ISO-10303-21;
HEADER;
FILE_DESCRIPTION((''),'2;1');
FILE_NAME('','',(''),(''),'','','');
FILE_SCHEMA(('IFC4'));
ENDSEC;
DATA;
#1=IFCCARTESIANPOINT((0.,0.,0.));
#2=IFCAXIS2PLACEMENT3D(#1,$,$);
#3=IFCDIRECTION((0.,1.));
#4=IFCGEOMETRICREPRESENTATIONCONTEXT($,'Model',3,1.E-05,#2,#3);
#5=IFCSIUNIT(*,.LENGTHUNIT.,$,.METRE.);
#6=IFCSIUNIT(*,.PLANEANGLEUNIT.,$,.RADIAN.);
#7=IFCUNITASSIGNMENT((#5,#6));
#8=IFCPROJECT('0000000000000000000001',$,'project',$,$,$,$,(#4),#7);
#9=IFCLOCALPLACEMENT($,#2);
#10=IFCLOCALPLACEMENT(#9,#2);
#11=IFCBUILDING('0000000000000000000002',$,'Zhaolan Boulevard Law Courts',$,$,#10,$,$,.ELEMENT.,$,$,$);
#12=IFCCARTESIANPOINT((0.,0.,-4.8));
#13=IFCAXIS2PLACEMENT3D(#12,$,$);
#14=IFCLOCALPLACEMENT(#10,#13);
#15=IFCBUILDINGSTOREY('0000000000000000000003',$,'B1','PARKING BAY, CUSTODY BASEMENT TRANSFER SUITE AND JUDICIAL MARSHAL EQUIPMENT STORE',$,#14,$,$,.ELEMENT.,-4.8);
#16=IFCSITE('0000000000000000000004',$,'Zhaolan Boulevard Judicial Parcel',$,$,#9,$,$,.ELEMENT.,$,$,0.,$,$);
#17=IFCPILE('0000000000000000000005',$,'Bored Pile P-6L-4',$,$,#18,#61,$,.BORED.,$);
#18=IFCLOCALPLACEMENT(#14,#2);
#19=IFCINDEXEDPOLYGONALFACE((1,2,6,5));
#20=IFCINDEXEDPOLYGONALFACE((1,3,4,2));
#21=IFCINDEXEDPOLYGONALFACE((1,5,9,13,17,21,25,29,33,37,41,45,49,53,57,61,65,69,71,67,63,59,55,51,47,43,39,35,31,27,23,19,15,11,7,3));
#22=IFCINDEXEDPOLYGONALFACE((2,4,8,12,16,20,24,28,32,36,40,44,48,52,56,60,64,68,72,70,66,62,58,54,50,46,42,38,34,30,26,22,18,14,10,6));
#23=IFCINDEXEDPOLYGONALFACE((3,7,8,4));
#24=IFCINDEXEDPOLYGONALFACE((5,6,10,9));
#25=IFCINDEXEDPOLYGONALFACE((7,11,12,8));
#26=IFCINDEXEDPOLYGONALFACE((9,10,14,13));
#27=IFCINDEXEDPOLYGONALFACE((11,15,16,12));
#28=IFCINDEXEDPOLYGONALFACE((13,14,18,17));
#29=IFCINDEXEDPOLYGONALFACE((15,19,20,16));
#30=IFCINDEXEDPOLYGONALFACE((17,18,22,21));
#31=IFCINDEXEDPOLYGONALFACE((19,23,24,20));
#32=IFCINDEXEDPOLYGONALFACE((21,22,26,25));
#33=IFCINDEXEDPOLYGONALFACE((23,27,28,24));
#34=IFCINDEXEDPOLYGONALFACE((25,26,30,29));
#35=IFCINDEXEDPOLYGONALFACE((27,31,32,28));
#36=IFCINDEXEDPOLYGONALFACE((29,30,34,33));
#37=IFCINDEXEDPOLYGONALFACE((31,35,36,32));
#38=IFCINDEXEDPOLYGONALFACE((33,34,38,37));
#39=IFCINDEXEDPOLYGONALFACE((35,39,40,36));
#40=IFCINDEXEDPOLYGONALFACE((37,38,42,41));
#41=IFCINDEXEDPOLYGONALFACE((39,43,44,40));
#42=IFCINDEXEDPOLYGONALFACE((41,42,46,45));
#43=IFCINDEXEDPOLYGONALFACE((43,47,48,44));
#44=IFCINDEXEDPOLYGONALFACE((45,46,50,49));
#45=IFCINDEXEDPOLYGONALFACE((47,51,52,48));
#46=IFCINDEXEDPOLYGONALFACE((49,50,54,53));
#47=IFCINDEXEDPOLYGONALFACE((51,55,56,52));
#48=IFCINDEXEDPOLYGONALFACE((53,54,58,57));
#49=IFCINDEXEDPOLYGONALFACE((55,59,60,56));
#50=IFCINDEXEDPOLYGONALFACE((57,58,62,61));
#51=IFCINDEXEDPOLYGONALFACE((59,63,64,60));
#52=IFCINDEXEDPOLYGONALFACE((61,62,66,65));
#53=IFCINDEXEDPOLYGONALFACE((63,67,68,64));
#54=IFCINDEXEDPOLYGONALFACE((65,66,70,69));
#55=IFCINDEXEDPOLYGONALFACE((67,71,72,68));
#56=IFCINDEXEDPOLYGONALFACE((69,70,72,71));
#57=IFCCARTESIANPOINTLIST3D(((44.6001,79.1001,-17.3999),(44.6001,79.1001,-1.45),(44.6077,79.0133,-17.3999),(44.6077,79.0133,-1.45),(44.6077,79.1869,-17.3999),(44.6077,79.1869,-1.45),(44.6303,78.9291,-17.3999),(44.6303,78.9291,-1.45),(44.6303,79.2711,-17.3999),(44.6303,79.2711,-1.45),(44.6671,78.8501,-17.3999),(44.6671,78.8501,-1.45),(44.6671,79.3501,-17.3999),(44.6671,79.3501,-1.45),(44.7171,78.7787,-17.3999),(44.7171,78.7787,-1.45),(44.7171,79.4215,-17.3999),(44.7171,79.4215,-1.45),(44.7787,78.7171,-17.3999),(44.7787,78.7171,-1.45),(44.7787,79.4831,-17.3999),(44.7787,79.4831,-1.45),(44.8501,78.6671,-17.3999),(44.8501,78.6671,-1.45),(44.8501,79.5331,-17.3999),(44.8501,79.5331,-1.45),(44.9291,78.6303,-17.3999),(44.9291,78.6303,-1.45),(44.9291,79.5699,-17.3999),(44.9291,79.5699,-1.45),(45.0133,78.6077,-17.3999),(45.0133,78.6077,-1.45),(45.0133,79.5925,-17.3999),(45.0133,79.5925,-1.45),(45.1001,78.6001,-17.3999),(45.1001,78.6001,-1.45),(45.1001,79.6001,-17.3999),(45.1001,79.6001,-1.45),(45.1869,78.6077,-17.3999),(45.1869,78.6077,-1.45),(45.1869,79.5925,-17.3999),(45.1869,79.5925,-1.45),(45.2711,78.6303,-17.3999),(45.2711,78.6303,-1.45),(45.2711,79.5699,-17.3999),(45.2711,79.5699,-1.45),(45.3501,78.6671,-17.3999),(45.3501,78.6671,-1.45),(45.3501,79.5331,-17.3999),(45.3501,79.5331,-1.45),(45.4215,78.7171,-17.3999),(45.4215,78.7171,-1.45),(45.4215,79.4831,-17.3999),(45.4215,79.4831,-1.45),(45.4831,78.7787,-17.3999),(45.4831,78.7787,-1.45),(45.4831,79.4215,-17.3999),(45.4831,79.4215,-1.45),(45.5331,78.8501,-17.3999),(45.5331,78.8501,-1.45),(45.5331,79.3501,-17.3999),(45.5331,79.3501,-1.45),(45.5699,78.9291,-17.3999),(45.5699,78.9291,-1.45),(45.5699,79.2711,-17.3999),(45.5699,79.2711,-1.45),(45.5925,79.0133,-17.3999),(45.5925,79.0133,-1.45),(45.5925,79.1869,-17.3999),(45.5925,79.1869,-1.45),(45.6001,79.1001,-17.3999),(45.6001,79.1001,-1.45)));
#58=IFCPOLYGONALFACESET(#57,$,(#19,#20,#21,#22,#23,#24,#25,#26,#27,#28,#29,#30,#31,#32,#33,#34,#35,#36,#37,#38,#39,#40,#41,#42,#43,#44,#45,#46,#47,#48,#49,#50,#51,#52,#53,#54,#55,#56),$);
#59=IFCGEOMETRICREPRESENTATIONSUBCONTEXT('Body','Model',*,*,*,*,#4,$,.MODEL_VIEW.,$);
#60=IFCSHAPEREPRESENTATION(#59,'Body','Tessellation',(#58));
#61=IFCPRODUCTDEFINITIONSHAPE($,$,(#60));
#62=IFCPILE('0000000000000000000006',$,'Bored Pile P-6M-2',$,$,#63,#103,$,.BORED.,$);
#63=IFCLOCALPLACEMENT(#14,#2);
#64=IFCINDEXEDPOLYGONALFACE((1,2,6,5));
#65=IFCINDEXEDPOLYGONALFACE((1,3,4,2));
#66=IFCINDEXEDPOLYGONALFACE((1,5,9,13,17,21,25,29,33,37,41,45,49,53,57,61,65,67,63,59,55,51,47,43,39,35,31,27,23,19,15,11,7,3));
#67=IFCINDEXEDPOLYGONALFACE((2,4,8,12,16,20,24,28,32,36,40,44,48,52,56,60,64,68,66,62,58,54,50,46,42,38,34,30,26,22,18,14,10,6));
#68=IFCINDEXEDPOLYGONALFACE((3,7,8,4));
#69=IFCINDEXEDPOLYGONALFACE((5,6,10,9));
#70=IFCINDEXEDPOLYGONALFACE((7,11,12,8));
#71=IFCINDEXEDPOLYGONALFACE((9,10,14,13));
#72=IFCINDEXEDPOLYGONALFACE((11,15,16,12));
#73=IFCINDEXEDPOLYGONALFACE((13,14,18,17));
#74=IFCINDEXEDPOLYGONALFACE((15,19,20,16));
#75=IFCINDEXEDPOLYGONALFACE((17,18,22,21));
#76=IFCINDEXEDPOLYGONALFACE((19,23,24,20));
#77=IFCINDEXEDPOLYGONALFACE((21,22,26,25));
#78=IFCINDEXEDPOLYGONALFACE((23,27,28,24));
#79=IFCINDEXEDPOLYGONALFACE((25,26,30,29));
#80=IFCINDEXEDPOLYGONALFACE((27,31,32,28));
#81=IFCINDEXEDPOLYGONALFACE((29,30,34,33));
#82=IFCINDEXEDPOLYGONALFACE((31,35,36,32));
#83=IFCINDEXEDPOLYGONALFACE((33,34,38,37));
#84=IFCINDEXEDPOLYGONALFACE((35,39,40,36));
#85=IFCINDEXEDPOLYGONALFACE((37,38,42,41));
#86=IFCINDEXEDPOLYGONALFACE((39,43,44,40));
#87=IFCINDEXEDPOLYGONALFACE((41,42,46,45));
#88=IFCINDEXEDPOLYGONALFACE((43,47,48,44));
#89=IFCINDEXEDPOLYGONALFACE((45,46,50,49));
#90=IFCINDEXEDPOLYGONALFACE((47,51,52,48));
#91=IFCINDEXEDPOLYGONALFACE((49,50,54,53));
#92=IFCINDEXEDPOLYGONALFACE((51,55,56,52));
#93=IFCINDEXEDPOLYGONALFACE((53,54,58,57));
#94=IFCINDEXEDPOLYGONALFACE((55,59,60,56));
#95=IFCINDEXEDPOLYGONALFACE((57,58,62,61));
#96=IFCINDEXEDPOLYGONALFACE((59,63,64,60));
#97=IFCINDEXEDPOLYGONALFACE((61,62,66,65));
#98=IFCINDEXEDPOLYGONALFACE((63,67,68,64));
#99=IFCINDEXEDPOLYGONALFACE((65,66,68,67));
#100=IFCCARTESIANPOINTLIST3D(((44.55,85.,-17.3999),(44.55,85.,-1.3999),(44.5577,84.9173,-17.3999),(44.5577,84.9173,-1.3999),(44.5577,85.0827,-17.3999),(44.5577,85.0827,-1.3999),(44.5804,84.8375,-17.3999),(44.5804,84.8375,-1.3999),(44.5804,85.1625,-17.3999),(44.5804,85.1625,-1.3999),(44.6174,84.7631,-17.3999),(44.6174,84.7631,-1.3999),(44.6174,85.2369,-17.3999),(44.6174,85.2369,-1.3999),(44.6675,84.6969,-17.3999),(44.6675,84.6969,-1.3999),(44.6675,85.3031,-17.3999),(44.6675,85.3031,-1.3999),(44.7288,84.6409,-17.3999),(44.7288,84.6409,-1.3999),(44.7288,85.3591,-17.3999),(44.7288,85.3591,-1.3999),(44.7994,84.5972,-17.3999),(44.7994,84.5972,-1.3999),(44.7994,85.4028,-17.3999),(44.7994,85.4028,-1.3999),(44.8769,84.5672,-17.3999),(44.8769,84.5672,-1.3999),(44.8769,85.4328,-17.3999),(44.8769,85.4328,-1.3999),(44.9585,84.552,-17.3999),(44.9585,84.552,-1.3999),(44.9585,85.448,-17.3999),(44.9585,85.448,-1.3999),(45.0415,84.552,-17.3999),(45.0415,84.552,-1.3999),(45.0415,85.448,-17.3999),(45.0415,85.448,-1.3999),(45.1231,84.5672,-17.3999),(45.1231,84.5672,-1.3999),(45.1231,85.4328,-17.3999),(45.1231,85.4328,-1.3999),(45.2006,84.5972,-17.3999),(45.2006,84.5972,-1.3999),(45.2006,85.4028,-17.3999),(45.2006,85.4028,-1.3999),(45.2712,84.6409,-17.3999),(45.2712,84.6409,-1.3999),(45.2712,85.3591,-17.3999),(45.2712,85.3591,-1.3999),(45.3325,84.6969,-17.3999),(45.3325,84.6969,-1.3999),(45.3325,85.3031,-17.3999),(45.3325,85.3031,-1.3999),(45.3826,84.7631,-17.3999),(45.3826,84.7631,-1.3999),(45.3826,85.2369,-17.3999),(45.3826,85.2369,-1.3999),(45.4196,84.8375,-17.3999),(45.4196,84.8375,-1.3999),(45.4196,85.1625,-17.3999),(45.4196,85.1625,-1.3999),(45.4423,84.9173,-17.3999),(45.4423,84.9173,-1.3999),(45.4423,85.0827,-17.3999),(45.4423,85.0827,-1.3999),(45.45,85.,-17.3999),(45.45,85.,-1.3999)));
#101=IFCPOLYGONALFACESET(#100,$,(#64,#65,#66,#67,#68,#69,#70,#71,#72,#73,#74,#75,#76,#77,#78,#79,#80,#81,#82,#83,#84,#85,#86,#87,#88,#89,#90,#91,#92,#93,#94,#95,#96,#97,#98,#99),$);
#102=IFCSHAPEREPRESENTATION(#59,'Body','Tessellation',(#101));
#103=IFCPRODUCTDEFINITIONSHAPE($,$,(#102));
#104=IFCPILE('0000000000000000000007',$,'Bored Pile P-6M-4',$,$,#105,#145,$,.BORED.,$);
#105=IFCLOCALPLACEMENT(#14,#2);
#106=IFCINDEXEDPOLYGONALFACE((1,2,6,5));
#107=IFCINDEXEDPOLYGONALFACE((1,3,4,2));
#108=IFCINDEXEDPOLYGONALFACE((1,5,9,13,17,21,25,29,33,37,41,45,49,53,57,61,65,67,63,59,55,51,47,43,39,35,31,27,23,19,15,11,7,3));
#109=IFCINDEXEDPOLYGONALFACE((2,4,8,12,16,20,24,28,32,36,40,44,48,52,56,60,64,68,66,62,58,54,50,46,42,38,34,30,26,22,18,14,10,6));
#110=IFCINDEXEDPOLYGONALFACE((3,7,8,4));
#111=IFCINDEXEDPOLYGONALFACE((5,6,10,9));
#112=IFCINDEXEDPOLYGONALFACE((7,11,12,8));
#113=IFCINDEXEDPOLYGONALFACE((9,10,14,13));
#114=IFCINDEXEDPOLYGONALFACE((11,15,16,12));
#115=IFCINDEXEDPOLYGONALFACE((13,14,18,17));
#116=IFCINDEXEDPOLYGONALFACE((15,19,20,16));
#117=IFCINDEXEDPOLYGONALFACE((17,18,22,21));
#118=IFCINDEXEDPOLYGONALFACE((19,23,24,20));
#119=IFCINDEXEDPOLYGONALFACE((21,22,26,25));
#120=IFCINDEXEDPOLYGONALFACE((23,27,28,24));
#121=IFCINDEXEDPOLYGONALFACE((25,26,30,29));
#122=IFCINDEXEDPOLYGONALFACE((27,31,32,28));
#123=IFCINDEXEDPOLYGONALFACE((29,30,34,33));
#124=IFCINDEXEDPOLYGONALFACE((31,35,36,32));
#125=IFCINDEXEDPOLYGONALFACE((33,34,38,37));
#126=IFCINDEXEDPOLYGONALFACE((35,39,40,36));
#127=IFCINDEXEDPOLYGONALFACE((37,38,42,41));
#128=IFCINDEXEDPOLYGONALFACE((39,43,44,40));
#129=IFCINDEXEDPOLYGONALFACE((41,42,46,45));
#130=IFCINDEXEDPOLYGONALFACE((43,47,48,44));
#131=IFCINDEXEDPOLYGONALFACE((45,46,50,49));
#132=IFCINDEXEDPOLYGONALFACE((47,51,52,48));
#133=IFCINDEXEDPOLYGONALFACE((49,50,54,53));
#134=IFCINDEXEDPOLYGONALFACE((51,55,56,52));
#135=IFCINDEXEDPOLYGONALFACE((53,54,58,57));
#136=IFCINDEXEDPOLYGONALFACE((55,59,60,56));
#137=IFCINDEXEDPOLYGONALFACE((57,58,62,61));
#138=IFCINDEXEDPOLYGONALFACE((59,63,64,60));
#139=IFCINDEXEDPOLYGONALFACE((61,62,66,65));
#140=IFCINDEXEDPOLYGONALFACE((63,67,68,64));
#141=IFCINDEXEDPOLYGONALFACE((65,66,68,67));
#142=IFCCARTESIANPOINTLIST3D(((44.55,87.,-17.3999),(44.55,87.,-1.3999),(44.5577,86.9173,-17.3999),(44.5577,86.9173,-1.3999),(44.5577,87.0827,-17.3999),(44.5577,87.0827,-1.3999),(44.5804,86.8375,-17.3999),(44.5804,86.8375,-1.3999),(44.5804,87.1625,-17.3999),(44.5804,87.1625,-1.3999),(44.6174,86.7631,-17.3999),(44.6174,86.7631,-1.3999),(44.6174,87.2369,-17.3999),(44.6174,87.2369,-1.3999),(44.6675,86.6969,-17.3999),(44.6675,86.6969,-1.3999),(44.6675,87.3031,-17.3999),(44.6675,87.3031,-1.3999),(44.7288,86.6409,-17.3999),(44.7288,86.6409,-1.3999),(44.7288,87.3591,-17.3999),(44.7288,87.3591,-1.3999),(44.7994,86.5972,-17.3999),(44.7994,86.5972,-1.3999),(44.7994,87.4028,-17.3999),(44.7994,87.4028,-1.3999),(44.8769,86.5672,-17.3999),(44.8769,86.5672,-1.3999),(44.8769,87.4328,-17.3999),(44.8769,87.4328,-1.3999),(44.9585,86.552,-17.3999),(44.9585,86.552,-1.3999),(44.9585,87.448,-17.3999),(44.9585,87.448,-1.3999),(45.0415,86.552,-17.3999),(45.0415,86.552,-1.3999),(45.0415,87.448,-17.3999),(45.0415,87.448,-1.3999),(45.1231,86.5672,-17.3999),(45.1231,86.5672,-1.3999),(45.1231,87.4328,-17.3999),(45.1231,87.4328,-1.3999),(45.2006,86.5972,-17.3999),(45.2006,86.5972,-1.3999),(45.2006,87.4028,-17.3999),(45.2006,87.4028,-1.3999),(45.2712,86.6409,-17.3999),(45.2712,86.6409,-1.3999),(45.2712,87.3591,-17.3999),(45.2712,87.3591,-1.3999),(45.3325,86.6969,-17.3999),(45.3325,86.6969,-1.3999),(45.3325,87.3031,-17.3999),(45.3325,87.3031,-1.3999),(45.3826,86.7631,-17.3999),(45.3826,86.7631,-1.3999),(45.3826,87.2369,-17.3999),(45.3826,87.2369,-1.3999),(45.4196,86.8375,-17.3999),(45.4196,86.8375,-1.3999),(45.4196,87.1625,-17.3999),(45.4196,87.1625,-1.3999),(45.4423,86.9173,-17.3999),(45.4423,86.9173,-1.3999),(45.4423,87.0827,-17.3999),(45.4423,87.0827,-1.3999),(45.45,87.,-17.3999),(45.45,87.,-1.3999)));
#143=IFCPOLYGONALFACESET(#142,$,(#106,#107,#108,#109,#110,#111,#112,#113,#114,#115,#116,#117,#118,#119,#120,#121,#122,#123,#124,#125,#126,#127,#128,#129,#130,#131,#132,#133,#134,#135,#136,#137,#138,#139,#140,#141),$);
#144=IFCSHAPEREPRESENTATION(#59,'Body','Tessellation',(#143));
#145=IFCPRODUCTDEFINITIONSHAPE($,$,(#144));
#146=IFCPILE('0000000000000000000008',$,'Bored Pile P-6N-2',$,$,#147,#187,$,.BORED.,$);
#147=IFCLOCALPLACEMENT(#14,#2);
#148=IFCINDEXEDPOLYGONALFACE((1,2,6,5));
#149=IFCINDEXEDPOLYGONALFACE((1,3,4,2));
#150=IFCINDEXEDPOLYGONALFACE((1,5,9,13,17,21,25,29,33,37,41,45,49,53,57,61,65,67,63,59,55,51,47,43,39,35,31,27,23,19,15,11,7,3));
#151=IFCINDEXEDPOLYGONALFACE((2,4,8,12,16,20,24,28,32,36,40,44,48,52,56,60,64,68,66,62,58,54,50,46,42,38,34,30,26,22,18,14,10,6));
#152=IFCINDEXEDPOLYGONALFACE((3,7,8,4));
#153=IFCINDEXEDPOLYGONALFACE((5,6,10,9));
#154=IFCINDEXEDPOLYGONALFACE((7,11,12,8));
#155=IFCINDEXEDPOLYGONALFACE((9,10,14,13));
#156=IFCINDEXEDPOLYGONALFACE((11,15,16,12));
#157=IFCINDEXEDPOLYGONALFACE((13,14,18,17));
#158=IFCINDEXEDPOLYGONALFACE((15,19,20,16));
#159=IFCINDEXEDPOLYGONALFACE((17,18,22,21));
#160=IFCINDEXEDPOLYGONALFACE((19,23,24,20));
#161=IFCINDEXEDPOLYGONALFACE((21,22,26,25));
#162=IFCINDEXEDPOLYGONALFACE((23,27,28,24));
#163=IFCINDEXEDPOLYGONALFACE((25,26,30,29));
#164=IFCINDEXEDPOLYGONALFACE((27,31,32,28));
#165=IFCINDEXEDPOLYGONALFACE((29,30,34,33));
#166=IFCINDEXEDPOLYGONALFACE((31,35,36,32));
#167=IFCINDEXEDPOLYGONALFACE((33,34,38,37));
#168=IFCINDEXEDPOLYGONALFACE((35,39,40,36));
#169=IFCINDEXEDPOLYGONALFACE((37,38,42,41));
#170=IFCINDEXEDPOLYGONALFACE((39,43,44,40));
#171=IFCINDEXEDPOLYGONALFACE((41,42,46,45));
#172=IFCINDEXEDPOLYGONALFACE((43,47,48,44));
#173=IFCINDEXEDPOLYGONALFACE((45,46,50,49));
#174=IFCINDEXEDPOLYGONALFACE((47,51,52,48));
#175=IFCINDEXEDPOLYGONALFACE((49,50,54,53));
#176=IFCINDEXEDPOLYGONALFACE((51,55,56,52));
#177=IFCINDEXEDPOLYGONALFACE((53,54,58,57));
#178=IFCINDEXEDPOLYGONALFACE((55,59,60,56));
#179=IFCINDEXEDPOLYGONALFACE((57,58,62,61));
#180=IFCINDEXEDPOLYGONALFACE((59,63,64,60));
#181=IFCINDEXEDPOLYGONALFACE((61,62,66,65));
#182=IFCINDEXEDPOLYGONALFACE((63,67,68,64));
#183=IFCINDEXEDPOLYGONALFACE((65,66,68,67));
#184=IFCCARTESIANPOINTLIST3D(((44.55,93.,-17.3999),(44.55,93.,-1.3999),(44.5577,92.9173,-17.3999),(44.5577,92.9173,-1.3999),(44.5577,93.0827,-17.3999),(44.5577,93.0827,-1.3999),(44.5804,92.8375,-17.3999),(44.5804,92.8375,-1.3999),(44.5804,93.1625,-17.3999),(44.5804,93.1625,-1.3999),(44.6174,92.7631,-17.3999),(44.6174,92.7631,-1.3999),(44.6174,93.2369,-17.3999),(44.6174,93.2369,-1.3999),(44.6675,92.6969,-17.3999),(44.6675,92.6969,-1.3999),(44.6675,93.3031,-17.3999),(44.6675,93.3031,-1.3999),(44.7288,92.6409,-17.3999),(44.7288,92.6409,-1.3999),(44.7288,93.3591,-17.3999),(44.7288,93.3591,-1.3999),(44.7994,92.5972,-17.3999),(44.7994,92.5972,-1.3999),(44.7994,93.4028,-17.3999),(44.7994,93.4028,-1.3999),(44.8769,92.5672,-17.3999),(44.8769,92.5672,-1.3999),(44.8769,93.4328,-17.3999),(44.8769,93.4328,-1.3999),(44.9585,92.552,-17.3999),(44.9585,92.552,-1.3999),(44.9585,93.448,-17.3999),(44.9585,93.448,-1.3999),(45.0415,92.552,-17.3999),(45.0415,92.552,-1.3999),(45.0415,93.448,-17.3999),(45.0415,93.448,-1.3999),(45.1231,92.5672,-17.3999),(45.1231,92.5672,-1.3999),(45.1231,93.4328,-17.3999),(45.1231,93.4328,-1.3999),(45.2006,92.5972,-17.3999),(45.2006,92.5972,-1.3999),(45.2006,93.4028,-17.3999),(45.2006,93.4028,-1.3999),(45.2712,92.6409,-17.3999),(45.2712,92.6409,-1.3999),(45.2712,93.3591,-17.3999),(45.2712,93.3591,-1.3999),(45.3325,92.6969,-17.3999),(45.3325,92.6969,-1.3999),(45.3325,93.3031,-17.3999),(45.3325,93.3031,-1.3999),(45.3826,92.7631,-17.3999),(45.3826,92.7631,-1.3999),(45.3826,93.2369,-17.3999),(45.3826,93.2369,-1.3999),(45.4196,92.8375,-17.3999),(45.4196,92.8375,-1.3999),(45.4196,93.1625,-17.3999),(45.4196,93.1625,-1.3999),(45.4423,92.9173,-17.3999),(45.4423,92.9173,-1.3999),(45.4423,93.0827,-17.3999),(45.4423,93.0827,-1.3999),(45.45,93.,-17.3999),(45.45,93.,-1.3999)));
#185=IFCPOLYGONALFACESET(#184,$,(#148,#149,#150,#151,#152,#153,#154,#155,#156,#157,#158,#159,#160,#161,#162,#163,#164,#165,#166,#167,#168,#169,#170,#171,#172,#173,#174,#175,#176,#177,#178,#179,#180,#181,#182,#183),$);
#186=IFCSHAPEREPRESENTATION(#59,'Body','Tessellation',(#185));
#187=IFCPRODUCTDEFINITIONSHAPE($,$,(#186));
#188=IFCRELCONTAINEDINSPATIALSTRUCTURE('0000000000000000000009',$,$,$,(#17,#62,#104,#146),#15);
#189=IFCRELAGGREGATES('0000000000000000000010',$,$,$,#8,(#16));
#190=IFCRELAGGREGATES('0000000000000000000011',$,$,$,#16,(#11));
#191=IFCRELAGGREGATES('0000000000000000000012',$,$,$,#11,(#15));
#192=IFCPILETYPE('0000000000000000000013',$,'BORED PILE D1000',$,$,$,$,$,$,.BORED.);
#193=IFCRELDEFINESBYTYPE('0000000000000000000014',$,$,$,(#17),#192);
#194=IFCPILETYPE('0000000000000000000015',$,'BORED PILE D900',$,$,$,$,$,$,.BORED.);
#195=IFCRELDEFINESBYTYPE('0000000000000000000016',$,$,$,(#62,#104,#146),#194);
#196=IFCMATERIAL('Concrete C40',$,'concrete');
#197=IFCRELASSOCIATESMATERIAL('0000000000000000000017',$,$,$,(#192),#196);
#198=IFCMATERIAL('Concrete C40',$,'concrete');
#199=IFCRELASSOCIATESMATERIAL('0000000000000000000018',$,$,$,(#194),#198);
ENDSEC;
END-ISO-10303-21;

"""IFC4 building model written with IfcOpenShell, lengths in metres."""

from ifc_helpers import new_model, si_unit, direction, frame, origin, origin_2d, place, context, subcontext, project, spatial, circle, extrude, material, material_profile, profile_set, type_object, element, save


model = new_model("IFC4")

# Units and contexts
model_context = context("Model", 3, precision=1e-05, world=origin(), true_north=direction((0.0, 1.0)))
body_context = subcontext(model_context, "Body", "Model", "MODEL_VIEW")
ifc_project = project(units=[si_unit("LENGTHUNIT", "METRE"), si_unit("PLANEANGLEUNIT", "RADIAN")], contexts=[model_context])

# Site, building, storey
site_placement = place(None, origin())
site = spatial("IfcSite", under=ifc_project, at=site_placement, Name="Zhaolan Boulevard Judicial Parcel", CompositionType="ELEMENT", RefElevation=0.0)
building_placement = place(site_placement, origin())
building = spatial("IfcBuilding", under=site, at=building_placement, Name="Zhaolan Boulevard Law Courts", CompositionType="ELEMENT")
storey_placement = place(building_placement, frame((0.0, 0.0, -4.8)))
storey = spatial("IfcBuildingStorey", under=building, at=storey_placement, Name="B1", Description="PARKING BAY, CUSTODY BASEMENT TRANSFER SUITE AND JUDICIAL MARSHAL EQUIPMENT STORE", CompositionType="ELEMENT", Elevation=-4.8)

# Piles
ifc_material_1 = material(Name="Concrete C40", Category="concrete")
ifc_material_profile_1 = material_profile(ifc_material_1, circle(Radius=0.5, at=origin_2d()), Name="PILE-D1000")
ifc_profile_set_1 = profile_set([ifc_material_profile_1], Name="Concrete C40")
pile_type_1 = type_object("IfcPileType", Name="BORED PILE D1000", PredefinedType="BORED", material=ifc_profile_set_1)
pile_placement = place(storey_placement, frame((45.1001, 79.1001, -1.45), z_axis=(0.0, 0.0, -1.0), x_axis=(1.0, 0.0, 0.0)))
element("IfcPile", 1, at=pile_placement, inside=storey, type_object=pile_type_1, Name="Bored Pile P-6L-4", PredefinedType="BORED", context=body_context, shape_type="SweptSolid", body=[
    extrude(circle(Radius=0.5, at=origin_2d()), origin(), (0.0, 0.0, 1.0), 15.95),
])
ifc_material_2 = material(Name="Concrete C40", Category="concrete")
ifc_material_profile_2 = material_profile(ifc_material_2, circle(Radius=0.45, at=origin_2d()), Name="PILE-D900")
ifc_profile_set_2 = profile_set([ifc_material_profile_2], Name="Concrete C40")
pile_type_2 = type_object("IfcPileType", Name="BORED PILE D900", PredefinedType="BORED", material=ifc_profile_set_2)
for number, where, z_axis, x_axis, name in (
    (2, (45.0, 85.0, -1.3999), (0.0, 0.0, -1.0), (1.0, 0.0, 0.0), "Bored Pile P-6M-2"),
    (3, (45.0, 87.0, -1.3999), (0.0, 0.0, -1.0), (1.0, 0.0, 0.0), "Bored Pile P-6M-4"),
    (4, (45.0, 93.0, -1.3999), (0.0, 0.0, -1.0), (1.0, 0.0, 0.0), "Bored Pile P-6N-2"),
):
    element("IfcPile", number, at=place(storey_placement, frame(where, z_axis=z_axis, x_axis=x_axis)), inside=storey, type_object=pile_type_2, Name=name, PredefinedType="BORED", context=body_context, shape_type="SweptSolid", body=[
        extrude(circle(Radius=0.45, at=origin_2d()), origin(), (0.0, 0.0, 1.0), 16.0),
    ])

save(model, "model.ifc")
